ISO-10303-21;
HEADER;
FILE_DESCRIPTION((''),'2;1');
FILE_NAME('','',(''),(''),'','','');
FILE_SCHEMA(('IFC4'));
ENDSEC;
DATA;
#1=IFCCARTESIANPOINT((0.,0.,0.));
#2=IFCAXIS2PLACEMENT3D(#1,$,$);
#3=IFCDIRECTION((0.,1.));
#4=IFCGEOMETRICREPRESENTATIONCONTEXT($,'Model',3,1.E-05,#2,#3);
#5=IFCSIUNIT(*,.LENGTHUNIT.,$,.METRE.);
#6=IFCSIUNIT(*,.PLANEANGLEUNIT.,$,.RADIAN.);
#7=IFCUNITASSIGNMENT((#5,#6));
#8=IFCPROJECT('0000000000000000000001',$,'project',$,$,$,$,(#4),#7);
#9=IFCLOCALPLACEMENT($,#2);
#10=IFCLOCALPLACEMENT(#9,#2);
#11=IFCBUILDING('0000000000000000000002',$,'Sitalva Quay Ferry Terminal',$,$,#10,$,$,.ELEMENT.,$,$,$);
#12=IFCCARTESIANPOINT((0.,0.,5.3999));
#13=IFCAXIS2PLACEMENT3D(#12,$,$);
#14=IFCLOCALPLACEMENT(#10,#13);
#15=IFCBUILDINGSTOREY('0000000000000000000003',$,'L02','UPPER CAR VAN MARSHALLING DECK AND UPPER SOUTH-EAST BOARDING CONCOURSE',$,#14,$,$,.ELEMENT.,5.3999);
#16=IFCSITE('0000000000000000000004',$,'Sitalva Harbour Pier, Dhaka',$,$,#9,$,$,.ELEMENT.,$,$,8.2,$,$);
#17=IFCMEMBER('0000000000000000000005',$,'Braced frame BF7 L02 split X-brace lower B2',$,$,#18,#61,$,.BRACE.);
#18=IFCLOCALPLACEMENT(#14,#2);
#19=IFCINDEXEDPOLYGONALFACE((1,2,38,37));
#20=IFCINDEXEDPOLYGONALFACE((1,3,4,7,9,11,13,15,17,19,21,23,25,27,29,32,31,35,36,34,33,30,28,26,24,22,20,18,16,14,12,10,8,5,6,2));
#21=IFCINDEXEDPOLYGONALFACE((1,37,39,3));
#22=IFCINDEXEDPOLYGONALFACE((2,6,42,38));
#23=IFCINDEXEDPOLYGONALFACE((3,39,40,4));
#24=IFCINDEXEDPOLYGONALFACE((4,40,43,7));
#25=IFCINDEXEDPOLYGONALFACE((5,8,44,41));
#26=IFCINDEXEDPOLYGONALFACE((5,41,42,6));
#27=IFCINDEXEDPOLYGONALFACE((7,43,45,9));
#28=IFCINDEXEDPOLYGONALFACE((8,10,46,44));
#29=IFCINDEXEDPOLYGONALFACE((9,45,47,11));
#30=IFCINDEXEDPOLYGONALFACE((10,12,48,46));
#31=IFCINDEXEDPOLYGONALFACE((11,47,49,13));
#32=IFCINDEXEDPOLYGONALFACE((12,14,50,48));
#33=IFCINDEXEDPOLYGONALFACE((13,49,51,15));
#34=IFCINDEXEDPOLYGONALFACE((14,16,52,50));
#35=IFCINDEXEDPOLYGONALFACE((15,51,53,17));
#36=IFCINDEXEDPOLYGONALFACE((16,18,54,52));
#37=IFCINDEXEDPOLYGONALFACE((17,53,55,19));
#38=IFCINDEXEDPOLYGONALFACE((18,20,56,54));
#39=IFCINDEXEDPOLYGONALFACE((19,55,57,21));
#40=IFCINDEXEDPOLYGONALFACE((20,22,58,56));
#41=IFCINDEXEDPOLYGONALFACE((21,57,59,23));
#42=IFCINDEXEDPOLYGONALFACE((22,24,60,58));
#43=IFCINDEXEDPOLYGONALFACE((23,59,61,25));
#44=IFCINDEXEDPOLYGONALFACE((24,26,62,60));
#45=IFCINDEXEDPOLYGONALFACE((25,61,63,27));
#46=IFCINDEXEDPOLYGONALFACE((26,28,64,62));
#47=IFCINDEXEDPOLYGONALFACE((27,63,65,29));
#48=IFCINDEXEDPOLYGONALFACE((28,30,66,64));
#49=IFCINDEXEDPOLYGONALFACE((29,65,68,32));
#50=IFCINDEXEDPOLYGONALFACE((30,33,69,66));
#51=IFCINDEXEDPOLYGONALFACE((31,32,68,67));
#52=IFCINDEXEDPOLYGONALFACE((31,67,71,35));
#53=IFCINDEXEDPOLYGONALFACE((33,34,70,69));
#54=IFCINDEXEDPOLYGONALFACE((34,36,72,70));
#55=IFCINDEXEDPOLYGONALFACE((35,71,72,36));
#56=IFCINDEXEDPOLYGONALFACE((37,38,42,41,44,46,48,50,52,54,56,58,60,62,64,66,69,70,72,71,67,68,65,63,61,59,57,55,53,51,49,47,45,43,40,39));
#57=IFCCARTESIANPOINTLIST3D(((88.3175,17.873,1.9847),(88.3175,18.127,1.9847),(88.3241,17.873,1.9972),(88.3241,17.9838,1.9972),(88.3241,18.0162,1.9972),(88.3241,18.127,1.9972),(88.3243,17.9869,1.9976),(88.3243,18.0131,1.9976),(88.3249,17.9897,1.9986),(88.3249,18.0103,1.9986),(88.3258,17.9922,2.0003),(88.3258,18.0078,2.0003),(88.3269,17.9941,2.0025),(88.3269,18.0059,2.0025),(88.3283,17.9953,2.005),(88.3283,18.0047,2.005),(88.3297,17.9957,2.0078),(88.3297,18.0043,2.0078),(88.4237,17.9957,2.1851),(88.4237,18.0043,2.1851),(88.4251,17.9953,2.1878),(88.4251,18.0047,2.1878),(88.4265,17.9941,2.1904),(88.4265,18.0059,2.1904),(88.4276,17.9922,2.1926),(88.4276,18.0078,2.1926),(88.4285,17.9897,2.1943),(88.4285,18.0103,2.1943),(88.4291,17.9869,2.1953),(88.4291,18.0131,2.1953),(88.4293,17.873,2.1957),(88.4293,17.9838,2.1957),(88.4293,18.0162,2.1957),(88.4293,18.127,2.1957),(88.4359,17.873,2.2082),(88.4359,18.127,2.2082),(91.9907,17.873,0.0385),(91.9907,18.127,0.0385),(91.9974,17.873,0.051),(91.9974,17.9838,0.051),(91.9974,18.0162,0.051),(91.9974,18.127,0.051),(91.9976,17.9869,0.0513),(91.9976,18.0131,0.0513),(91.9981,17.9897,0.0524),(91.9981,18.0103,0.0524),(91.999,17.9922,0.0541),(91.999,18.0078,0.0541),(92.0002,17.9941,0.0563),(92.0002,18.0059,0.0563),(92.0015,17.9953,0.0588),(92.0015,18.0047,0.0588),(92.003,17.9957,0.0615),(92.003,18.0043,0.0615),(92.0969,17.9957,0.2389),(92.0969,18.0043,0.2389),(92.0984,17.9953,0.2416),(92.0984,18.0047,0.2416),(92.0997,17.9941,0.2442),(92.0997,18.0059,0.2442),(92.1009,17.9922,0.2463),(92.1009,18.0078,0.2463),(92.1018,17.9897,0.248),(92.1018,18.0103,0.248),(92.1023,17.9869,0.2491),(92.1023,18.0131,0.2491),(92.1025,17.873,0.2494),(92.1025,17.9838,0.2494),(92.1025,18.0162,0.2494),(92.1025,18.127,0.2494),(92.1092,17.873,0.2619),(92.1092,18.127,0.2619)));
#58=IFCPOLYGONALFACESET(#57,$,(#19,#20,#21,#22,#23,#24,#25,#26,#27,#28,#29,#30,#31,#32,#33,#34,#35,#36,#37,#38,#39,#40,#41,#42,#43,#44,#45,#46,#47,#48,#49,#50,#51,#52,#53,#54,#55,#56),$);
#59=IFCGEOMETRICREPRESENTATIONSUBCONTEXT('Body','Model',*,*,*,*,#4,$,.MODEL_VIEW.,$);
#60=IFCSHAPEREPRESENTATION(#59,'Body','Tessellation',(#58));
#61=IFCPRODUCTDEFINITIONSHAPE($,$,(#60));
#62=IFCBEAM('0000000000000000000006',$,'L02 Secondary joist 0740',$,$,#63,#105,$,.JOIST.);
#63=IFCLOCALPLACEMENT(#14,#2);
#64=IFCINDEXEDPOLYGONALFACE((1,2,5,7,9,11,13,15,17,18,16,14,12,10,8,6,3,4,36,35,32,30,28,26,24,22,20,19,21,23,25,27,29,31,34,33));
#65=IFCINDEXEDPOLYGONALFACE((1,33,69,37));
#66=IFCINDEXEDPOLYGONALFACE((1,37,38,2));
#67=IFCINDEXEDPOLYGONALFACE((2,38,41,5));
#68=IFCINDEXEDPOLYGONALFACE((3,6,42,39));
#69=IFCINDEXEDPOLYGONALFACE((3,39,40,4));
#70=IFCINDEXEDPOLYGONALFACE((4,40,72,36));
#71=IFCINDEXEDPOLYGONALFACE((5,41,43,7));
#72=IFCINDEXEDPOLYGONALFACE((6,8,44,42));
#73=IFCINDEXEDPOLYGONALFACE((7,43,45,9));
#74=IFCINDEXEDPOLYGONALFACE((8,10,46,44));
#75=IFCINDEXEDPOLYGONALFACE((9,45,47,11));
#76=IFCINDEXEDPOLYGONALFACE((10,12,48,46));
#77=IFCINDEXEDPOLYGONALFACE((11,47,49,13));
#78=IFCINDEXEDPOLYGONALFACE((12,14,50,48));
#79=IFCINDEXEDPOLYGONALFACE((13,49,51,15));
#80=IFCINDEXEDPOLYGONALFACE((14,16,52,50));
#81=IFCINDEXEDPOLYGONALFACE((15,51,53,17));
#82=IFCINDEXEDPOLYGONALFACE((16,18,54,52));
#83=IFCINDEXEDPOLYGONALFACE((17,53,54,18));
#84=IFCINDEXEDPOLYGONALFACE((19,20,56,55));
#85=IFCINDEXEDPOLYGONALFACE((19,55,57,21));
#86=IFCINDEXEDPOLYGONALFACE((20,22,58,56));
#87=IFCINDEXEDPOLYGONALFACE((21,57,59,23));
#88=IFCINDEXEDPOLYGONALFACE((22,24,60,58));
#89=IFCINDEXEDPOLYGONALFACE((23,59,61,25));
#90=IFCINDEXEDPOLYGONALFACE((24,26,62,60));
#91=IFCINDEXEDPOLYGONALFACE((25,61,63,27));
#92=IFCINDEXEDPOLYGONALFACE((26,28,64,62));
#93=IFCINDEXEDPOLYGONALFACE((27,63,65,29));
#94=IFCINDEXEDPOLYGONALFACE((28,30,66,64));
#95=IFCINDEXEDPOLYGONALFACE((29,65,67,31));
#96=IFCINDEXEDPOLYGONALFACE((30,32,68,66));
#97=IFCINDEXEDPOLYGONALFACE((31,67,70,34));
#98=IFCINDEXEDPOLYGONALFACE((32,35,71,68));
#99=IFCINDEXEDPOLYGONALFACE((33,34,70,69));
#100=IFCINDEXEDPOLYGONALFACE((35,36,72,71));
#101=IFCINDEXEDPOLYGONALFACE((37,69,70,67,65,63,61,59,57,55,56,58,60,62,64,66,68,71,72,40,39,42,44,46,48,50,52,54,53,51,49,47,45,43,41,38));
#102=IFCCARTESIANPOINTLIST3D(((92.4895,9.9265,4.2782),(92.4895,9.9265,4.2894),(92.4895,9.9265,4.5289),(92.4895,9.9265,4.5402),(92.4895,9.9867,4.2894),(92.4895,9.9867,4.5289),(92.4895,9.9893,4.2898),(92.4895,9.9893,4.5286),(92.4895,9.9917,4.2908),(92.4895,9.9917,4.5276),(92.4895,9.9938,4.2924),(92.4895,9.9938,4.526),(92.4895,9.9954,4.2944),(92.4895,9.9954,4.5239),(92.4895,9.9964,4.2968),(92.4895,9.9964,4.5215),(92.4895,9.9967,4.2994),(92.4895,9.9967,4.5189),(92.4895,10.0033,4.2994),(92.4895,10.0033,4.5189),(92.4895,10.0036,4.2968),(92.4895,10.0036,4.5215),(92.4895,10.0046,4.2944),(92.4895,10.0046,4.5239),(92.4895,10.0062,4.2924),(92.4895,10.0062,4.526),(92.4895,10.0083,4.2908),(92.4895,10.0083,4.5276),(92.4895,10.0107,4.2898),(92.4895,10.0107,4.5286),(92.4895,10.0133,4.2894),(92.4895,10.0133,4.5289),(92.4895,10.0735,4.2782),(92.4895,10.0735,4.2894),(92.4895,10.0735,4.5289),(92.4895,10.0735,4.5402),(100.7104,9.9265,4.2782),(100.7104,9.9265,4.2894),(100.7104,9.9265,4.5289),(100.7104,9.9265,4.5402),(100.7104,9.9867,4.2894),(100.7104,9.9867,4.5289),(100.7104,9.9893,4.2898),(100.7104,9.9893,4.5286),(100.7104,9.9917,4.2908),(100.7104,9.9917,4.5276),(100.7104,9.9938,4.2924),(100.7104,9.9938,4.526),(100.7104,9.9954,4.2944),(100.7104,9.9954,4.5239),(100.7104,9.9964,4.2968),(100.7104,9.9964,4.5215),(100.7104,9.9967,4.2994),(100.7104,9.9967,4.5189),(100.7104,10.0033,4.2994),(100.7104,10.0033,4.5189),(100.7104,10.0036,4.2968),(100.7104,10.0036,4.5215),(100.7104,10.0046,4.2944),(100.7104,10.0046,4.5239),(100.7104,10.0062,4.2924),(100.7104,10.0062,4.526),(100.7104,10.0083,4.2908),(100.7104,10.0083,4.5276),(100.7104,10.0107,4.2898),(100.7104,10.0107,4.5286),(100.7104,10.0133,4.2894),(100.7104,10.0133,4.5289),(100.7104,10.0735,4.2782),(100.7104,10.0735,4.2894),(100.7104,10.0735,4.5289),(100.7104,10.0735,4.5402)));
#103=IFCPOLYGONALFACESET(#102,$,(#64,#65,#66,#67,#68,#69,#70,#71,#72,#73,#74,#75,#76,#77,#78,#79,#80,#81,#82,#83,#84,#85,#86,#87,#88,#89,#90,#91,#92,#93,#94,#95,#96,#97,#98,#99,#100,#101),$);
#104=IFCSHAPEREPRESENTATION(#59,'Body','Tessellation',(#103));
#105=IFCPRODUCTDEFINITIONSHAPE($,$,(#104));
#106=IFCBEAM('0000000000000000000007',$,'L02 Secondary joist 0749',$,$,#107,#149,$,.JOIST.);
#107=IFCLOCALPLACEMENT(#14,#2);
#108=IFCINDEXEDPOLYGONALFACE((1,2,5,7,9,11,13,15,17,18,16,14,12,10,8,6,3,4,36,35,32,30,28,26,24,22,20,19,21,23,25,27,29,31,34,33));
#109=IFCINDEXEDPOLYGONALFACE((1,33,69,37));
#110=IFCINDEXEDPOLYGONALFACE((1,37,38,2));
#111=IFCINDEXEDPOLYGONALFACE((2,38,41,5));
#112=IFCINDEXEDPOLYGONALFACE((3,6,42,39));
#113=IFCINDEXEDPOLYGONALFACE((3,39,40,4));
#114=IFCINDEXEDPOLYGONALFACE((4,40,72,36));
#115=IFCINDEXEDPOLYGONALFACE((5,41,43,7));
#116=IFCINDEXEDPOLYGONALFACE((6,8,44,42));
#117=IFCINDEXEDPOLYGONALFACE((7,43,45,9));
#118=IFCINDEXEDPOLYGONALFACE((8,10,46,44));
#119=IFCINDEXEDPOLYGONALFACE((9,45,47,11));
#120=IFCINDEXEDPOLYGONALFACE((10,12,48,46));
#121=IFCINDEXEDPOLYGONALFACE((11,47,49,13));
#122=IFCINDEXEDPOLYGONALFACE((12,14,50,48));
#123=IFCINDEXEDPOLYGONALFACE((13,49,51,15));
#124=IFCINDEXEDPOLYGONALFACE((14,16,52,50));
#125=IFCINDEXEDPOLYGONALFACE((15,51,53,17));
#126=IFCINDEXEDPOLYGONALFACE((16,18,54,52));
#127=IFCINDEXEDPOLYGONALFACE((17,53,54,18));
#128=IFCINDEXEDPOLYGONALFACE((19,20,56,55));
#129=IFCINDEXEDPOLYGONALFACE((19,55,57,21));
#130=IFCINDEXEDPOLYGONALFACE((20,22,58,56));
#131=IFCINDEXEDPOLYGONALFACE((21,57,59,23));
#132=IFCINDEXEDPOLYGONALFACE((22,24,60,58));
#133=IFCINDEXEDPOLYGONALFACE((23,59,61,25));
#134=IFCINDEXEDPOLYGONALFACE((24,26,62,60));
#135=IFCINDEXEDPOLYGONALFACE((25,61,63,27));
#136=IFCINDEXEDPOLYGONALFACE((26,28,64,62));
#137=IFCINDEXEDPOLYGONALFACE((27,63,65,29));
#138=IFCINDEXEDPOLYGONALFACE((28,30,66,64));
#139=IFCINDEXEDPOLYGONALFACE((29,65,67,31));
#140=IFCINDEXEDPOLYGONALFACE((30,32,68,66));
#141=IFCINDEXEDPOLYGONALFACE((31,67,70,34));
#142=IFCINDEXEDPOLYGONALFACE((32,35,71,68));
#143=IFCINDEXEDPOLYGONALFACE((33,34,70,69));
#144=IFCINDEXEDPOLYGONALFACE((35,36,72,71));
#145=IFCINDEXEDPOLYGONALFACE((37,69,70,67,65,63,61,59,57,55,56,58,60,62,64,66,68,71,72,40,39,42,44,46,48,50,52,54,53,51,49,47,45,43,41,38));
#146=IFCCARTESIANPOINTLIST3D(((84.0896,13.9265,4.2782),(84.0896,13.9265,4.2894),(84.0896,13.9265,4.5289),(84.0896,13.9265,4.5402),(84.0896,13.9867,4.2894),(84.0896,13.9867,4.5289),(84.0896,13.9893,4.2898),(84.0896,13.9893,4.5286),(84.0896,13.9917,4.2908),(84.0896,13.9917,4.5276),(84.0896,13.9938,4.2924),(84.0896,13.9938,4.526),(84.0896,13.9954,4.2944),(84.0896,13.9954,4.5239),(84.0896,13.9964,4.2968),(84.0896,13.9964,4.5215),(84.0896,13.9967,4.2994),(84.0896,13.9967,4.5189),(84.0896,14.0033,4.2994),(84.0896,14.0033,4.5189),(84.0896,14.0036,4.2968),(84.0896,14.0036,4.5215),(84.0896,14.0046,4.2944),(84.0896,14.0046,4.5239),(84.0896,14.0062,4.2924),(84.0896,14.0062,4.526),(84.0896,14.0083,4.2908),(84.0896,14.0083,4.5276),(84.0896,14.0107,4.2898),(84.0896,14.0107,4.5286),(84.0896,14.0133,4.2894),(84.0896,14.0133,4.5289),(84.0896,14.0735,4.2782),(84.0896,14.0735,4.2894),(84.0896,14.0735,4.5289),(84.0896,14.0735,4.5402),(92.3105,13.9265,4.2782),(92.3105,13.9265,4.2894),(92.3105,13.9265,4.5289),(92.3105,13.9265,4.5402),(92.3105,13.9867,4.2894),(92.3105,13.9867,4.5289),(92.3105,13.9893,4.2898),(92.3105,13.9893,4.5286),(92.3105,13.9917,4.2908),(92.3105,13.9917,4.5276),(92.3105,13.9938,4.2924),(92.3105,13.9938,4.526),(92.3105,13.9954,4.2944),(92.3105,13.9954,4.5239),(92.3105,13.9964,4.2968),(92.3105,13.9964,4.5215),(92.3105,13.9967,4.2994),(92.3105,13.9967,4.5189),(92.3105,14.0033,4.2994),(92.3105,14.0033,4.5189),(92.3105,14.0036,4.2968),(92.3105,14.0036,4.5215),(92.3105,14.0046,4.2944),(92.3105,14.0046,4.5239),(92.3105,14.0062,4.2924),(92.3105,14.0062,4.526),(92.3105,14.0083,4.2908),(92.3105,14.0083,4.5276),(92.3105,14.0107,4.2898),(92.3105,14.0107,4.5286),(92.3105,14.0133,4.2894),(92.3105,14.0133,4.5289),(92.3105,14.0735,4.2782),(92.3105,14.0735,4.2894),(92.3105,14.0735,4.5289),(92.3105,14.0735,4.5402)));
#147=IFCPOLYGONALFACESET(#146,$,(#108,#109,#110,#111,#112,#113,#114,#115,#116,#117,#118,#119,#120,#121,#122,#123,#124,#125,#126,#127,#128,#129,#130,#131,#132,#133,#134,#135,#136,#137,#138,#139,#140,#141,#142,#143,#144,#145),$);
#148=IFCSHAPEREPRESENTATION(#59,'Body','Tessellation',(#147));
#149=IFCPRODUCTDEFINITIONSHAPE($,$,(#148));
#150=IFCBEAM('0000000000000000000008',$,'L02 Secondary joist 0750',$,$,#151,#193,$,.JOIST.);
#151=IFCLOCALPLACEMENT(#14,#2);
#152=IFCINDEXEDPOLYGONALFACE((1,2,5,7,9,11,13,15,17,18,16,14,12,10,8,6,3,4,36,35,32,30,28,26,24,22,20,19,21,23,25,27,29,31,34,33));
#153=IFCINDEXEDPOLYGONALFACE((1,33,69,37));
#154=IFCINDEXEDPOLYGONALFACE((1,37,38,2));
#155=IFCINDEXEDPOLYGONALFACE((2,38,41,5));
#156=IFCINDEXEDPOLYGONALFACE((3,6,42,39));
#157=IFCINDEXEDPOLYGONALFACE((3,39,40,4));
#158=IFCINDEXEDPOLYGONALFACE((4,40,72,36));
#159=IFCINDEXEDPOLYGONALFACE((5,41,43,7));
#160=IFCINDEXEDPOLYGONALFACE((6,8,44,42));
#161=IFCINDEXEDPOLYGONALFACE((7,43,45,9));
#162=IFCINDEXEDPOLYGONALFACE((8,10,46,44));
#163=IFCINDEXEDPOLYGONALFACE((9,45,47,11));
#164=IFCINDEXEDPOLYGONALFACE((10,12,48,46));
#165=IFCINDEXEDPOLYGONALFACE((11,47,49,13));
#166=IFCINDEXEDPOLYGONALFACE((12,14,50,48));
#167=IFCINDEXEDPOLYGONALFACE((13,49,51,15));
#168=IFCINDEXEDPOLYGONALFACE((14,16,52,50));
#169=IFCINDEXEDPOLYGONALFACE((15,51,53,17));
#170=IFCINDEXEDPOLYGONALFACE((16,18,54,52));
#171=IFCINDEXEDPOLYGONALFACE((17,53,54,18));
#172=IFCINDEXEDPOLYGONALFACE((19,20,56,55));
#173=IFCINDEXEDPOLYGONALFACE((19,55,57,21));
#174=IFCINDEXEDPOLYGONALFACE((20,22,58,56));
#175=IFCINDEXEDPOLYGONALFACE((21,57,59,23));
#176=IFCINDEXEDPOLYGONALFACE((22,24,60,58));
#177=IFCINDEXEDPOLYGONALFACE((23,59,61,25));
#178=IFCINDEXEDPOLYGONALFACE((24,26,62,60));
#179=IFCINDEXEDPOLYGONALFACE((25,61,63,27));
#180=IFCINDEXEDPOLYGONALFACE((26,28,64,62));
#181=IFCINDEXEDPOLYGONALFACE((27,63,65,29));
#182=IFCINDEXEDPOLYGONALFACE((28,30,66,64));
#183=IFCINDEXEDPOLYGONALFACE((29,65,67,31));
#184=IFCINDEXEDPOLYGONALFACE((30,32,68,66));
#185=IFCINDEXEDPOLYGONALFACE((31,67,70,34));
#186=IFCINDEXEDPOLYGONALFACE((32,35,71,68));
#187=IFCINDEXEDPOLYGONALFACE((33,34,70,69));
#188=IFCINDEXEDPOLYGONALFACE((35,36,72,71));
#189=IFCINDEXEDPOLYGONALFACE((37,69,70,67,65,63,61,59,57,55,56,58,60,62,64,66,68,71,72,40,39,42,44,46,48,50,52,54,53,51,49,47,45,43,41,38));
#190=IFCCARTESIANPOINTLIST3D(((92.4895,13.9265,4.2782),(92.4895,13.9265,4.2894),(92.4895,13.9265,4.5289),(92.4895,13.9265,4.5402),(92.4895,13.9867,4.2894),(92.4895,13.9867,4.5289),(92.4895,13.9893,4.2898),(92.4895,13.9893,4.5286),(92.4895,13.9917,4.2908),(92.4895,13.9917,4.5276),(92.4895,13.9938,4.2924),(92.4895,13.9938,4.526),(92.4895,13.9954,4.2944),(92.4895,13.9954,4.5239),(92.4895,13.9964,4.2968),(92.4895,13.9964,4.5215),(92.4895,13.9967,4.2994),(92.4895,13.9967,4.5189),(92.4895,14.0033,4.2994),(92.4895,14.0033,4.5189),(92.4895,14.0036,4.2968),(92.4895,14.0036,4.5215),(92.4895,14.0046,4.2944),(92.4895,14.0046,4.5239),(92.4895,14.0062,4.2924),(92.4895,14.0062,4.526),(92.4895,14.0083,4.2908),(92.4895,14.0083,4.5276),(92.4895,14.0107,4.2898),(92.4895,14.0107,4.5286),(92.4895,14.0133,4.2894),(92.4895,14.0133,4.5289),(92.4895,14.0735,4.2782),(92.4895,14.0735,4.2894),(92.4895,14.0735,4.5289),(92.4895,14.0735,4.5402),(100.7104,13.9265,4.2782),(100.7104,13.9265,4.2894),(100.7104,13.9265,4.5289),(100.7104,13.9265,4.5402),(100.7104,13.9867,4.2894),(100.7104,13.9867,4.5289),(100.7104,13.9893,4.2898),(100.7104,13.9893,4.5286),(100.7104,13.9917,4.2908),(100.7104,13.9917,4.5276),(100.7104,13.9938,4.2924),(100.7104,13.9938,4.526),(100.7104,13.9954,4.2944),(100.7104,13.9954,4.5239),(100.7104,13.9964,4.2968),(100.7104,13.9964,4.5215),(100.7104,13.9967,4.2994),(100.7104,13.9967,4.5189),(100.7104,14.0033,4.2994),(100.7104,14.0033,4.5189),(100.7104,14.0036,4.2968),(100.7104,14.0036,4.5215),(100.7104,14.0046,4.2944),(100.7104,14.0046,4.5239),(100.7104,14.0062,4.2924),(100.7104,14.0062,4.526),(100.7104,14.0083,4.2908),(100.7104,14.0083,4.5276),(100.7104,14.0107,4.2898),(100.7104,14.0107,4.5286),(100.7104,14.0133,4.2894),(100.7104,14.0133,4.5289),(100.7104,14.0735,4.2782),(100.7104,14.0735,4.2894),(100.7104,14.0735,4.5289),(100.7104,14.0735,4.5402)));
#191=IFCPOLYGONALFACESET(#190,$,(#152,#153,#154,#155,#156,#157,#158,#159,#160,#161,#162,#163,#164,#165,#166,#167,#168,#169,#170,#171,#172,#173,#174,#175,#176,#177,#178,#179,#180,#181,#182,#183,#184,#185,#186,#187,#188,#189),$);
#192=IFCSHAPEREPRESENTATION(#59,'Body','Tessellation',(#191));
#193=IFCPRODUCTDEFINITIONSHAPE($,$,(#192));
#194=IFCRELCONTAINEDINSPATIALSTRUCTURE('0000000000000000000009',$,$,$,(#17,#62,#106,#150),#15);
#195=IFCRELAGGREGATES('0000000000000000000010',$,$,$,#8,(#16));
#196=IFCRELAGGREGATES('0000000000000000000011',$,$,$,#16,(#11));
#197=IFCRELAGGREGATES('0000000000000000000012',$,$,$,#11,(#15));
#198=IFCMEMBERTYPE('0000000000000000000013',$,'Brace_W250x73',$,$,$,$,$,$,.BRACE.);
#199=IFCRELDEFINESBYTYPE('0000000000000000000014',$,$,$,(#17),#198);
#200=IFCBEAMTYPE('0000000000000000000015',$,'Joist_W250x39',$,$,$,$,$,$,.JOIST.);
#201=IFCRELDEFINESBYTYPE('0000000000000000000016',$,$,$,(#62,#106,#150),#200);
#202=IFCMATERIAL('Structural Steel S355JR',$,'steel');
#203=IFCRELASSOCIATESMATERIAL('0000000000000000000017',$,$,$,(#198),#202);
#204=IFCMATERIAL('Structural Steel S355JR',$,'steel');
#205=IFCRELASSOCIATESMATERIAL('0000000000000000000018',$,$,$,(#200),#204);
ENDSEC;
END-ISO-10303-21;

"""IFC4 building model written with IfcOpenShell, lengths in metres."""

from ifc_helpers import new_model, si_unit, direction, frame, origin, origin_2d, place, context, subcontext, project, spatial, i_section, extrude, material, material_profile, profile_set, type_object, element, save


model = new_model("IFC4")

# Units and contexts
model_context = context("Model", 3, precision=1e-05, world=origin(), true_north=direction((0.0, 1.0)))
body_context = subcontext(model_context, "Body", "Model", "MODEL_VIEW")
ifc_project = project(units=[si_unit("LENGTHUNIT", "METRE"), si_unit("PLANEANGLEUNIT", "RADIAN")], contexts=[model_context])

# Site, building, storey
site_placement = place(None, origin())
site = spatial("IfcSite", under=ifc_project, at=site_placement, Name="Sitalva Harbour Pier, Dhaka", CompositionType="ELEMENT", RefElevation=8.2)
building_placement = place(site_placement, origin())
building = spatial("IfcBuilding", under=site, at=building_placement, Name="Sitalva Quay Ferry Terminal", CompositionType="ELEMENT")
storey_placement = place(building_placement, frame((0.0, 0.0, 5.3999)))
storey = spatial("IfcBuildingStorey", under=building, at=storey_placement, Name="L02", Description="UPPER CAR VAN MARSHALLING DECK AND UPPER SOUTH-EAST BOARDING CONCOURSE", CompositionType="ELEMENT", Elevation=5.3999)

# Member
ifc_material_1 = material(Name="Structural Steel S355JR", Category="steel")
ifc_material_profile_1 = material_profile(ifc_material_1, i_section(OverallWidth=0.2539, OverallDepth=0.2529, WebThickness=0.0085, FlangeThickness=0.0142, FilletRadius=0.012, at=origin_2d()), Name="W250x73")
ifc_profile_set_1 = profile_set([ifc_material_profile_1], Name="Structural Steel S355JR")
member_type = type_object("IfcMemberType", Name="Brace_W250x73", PredefinedType="BRACE", material=ifc_profile_set_1)
for number, where, z_axis, x_axis, name in (
    (1, (88.3767, 18.0, 2.0964), (0.883631, 0.0, -0.468185), (0.0, 1.0, 0.0), "Braced frame BF7 L02 split X-brace lower B2"),
):
    element("IfcMember", number, at=place(storey_placement, frame(where, z_axis=z_axis, x_axis=x_axis)), inside=storey, type_object=member_type, Name=name, PredefinedType="BRACE", context=body_context, shape_type="SweptSolid", body=[
        extrude(i_section(OverallWidth=0.2539, OverallDepth=0.2529, WebThickness=0.0085, FlangeThickness=0.0142, FilletRadius=0.012, at=origin_2d()), origin(), (0.0, 0.0, 1.0), 4.157),
    ])

# Beams
ifc_material_2 = material(Name="Structural Steel S355JR", Category="steel")
ifc_material_profile_2 = material_profile(ifc_material_2, i_section(OverallWidth=0.147, OverallDepth=0.262, WebThickness=0.0066, FlangeThickness=0.0112, FilletRadius=0.01, at=origin_2d()), Name="W250x39")
ifc_profile_set_2 = profile_set([ifc_material_profile_2], Name="Structural Steel S355JR")
beam_type_1 = type_object("IfcBeamType", Name="Joist_W250x39", PredefinedType="JOIST", material=ifc_profile_set_2)
for number, where, z_axis, x_axis, name in (
    (2, (92.4895, 10.0, 4.4092), (1.0, 0.0, 0.0), (0.0, 1.0, 0.0), "L02 Secondary joist 0740"),
    (3, (84.0896, 14.0, 4.4092), (1.0, 0.0, 0.0), (0.0, 1.0, 0.0), "L02 Secondary joist 0749"),
    (4, (92.4895, 14.0, 4.4092), (1.0, 0.0, 0.0), (0.0, 1.0, 0.0), "L02 Secondary joist 0750"),
):
    element("IfcBeam", number, at=place(storey_placement, frame(where, z_axis=z_axis, x_axis=x_axis)), inside=storey, type_object=beam_type_1, Name=name, PredefinedType="JOIST", context=body_context, shape_type="SweptSolid", body=[
        extrude(i_section(OverallWidth=0.147, OverallDepth=0.262, WebThickness=0.0066, FlangeThickness=0.0112, FilletRadius=0.01, at=origin_2d()), origin(), (0.0, 0.0, 1.0), 8.2209),
    ])

save(model, "model.ifc")
